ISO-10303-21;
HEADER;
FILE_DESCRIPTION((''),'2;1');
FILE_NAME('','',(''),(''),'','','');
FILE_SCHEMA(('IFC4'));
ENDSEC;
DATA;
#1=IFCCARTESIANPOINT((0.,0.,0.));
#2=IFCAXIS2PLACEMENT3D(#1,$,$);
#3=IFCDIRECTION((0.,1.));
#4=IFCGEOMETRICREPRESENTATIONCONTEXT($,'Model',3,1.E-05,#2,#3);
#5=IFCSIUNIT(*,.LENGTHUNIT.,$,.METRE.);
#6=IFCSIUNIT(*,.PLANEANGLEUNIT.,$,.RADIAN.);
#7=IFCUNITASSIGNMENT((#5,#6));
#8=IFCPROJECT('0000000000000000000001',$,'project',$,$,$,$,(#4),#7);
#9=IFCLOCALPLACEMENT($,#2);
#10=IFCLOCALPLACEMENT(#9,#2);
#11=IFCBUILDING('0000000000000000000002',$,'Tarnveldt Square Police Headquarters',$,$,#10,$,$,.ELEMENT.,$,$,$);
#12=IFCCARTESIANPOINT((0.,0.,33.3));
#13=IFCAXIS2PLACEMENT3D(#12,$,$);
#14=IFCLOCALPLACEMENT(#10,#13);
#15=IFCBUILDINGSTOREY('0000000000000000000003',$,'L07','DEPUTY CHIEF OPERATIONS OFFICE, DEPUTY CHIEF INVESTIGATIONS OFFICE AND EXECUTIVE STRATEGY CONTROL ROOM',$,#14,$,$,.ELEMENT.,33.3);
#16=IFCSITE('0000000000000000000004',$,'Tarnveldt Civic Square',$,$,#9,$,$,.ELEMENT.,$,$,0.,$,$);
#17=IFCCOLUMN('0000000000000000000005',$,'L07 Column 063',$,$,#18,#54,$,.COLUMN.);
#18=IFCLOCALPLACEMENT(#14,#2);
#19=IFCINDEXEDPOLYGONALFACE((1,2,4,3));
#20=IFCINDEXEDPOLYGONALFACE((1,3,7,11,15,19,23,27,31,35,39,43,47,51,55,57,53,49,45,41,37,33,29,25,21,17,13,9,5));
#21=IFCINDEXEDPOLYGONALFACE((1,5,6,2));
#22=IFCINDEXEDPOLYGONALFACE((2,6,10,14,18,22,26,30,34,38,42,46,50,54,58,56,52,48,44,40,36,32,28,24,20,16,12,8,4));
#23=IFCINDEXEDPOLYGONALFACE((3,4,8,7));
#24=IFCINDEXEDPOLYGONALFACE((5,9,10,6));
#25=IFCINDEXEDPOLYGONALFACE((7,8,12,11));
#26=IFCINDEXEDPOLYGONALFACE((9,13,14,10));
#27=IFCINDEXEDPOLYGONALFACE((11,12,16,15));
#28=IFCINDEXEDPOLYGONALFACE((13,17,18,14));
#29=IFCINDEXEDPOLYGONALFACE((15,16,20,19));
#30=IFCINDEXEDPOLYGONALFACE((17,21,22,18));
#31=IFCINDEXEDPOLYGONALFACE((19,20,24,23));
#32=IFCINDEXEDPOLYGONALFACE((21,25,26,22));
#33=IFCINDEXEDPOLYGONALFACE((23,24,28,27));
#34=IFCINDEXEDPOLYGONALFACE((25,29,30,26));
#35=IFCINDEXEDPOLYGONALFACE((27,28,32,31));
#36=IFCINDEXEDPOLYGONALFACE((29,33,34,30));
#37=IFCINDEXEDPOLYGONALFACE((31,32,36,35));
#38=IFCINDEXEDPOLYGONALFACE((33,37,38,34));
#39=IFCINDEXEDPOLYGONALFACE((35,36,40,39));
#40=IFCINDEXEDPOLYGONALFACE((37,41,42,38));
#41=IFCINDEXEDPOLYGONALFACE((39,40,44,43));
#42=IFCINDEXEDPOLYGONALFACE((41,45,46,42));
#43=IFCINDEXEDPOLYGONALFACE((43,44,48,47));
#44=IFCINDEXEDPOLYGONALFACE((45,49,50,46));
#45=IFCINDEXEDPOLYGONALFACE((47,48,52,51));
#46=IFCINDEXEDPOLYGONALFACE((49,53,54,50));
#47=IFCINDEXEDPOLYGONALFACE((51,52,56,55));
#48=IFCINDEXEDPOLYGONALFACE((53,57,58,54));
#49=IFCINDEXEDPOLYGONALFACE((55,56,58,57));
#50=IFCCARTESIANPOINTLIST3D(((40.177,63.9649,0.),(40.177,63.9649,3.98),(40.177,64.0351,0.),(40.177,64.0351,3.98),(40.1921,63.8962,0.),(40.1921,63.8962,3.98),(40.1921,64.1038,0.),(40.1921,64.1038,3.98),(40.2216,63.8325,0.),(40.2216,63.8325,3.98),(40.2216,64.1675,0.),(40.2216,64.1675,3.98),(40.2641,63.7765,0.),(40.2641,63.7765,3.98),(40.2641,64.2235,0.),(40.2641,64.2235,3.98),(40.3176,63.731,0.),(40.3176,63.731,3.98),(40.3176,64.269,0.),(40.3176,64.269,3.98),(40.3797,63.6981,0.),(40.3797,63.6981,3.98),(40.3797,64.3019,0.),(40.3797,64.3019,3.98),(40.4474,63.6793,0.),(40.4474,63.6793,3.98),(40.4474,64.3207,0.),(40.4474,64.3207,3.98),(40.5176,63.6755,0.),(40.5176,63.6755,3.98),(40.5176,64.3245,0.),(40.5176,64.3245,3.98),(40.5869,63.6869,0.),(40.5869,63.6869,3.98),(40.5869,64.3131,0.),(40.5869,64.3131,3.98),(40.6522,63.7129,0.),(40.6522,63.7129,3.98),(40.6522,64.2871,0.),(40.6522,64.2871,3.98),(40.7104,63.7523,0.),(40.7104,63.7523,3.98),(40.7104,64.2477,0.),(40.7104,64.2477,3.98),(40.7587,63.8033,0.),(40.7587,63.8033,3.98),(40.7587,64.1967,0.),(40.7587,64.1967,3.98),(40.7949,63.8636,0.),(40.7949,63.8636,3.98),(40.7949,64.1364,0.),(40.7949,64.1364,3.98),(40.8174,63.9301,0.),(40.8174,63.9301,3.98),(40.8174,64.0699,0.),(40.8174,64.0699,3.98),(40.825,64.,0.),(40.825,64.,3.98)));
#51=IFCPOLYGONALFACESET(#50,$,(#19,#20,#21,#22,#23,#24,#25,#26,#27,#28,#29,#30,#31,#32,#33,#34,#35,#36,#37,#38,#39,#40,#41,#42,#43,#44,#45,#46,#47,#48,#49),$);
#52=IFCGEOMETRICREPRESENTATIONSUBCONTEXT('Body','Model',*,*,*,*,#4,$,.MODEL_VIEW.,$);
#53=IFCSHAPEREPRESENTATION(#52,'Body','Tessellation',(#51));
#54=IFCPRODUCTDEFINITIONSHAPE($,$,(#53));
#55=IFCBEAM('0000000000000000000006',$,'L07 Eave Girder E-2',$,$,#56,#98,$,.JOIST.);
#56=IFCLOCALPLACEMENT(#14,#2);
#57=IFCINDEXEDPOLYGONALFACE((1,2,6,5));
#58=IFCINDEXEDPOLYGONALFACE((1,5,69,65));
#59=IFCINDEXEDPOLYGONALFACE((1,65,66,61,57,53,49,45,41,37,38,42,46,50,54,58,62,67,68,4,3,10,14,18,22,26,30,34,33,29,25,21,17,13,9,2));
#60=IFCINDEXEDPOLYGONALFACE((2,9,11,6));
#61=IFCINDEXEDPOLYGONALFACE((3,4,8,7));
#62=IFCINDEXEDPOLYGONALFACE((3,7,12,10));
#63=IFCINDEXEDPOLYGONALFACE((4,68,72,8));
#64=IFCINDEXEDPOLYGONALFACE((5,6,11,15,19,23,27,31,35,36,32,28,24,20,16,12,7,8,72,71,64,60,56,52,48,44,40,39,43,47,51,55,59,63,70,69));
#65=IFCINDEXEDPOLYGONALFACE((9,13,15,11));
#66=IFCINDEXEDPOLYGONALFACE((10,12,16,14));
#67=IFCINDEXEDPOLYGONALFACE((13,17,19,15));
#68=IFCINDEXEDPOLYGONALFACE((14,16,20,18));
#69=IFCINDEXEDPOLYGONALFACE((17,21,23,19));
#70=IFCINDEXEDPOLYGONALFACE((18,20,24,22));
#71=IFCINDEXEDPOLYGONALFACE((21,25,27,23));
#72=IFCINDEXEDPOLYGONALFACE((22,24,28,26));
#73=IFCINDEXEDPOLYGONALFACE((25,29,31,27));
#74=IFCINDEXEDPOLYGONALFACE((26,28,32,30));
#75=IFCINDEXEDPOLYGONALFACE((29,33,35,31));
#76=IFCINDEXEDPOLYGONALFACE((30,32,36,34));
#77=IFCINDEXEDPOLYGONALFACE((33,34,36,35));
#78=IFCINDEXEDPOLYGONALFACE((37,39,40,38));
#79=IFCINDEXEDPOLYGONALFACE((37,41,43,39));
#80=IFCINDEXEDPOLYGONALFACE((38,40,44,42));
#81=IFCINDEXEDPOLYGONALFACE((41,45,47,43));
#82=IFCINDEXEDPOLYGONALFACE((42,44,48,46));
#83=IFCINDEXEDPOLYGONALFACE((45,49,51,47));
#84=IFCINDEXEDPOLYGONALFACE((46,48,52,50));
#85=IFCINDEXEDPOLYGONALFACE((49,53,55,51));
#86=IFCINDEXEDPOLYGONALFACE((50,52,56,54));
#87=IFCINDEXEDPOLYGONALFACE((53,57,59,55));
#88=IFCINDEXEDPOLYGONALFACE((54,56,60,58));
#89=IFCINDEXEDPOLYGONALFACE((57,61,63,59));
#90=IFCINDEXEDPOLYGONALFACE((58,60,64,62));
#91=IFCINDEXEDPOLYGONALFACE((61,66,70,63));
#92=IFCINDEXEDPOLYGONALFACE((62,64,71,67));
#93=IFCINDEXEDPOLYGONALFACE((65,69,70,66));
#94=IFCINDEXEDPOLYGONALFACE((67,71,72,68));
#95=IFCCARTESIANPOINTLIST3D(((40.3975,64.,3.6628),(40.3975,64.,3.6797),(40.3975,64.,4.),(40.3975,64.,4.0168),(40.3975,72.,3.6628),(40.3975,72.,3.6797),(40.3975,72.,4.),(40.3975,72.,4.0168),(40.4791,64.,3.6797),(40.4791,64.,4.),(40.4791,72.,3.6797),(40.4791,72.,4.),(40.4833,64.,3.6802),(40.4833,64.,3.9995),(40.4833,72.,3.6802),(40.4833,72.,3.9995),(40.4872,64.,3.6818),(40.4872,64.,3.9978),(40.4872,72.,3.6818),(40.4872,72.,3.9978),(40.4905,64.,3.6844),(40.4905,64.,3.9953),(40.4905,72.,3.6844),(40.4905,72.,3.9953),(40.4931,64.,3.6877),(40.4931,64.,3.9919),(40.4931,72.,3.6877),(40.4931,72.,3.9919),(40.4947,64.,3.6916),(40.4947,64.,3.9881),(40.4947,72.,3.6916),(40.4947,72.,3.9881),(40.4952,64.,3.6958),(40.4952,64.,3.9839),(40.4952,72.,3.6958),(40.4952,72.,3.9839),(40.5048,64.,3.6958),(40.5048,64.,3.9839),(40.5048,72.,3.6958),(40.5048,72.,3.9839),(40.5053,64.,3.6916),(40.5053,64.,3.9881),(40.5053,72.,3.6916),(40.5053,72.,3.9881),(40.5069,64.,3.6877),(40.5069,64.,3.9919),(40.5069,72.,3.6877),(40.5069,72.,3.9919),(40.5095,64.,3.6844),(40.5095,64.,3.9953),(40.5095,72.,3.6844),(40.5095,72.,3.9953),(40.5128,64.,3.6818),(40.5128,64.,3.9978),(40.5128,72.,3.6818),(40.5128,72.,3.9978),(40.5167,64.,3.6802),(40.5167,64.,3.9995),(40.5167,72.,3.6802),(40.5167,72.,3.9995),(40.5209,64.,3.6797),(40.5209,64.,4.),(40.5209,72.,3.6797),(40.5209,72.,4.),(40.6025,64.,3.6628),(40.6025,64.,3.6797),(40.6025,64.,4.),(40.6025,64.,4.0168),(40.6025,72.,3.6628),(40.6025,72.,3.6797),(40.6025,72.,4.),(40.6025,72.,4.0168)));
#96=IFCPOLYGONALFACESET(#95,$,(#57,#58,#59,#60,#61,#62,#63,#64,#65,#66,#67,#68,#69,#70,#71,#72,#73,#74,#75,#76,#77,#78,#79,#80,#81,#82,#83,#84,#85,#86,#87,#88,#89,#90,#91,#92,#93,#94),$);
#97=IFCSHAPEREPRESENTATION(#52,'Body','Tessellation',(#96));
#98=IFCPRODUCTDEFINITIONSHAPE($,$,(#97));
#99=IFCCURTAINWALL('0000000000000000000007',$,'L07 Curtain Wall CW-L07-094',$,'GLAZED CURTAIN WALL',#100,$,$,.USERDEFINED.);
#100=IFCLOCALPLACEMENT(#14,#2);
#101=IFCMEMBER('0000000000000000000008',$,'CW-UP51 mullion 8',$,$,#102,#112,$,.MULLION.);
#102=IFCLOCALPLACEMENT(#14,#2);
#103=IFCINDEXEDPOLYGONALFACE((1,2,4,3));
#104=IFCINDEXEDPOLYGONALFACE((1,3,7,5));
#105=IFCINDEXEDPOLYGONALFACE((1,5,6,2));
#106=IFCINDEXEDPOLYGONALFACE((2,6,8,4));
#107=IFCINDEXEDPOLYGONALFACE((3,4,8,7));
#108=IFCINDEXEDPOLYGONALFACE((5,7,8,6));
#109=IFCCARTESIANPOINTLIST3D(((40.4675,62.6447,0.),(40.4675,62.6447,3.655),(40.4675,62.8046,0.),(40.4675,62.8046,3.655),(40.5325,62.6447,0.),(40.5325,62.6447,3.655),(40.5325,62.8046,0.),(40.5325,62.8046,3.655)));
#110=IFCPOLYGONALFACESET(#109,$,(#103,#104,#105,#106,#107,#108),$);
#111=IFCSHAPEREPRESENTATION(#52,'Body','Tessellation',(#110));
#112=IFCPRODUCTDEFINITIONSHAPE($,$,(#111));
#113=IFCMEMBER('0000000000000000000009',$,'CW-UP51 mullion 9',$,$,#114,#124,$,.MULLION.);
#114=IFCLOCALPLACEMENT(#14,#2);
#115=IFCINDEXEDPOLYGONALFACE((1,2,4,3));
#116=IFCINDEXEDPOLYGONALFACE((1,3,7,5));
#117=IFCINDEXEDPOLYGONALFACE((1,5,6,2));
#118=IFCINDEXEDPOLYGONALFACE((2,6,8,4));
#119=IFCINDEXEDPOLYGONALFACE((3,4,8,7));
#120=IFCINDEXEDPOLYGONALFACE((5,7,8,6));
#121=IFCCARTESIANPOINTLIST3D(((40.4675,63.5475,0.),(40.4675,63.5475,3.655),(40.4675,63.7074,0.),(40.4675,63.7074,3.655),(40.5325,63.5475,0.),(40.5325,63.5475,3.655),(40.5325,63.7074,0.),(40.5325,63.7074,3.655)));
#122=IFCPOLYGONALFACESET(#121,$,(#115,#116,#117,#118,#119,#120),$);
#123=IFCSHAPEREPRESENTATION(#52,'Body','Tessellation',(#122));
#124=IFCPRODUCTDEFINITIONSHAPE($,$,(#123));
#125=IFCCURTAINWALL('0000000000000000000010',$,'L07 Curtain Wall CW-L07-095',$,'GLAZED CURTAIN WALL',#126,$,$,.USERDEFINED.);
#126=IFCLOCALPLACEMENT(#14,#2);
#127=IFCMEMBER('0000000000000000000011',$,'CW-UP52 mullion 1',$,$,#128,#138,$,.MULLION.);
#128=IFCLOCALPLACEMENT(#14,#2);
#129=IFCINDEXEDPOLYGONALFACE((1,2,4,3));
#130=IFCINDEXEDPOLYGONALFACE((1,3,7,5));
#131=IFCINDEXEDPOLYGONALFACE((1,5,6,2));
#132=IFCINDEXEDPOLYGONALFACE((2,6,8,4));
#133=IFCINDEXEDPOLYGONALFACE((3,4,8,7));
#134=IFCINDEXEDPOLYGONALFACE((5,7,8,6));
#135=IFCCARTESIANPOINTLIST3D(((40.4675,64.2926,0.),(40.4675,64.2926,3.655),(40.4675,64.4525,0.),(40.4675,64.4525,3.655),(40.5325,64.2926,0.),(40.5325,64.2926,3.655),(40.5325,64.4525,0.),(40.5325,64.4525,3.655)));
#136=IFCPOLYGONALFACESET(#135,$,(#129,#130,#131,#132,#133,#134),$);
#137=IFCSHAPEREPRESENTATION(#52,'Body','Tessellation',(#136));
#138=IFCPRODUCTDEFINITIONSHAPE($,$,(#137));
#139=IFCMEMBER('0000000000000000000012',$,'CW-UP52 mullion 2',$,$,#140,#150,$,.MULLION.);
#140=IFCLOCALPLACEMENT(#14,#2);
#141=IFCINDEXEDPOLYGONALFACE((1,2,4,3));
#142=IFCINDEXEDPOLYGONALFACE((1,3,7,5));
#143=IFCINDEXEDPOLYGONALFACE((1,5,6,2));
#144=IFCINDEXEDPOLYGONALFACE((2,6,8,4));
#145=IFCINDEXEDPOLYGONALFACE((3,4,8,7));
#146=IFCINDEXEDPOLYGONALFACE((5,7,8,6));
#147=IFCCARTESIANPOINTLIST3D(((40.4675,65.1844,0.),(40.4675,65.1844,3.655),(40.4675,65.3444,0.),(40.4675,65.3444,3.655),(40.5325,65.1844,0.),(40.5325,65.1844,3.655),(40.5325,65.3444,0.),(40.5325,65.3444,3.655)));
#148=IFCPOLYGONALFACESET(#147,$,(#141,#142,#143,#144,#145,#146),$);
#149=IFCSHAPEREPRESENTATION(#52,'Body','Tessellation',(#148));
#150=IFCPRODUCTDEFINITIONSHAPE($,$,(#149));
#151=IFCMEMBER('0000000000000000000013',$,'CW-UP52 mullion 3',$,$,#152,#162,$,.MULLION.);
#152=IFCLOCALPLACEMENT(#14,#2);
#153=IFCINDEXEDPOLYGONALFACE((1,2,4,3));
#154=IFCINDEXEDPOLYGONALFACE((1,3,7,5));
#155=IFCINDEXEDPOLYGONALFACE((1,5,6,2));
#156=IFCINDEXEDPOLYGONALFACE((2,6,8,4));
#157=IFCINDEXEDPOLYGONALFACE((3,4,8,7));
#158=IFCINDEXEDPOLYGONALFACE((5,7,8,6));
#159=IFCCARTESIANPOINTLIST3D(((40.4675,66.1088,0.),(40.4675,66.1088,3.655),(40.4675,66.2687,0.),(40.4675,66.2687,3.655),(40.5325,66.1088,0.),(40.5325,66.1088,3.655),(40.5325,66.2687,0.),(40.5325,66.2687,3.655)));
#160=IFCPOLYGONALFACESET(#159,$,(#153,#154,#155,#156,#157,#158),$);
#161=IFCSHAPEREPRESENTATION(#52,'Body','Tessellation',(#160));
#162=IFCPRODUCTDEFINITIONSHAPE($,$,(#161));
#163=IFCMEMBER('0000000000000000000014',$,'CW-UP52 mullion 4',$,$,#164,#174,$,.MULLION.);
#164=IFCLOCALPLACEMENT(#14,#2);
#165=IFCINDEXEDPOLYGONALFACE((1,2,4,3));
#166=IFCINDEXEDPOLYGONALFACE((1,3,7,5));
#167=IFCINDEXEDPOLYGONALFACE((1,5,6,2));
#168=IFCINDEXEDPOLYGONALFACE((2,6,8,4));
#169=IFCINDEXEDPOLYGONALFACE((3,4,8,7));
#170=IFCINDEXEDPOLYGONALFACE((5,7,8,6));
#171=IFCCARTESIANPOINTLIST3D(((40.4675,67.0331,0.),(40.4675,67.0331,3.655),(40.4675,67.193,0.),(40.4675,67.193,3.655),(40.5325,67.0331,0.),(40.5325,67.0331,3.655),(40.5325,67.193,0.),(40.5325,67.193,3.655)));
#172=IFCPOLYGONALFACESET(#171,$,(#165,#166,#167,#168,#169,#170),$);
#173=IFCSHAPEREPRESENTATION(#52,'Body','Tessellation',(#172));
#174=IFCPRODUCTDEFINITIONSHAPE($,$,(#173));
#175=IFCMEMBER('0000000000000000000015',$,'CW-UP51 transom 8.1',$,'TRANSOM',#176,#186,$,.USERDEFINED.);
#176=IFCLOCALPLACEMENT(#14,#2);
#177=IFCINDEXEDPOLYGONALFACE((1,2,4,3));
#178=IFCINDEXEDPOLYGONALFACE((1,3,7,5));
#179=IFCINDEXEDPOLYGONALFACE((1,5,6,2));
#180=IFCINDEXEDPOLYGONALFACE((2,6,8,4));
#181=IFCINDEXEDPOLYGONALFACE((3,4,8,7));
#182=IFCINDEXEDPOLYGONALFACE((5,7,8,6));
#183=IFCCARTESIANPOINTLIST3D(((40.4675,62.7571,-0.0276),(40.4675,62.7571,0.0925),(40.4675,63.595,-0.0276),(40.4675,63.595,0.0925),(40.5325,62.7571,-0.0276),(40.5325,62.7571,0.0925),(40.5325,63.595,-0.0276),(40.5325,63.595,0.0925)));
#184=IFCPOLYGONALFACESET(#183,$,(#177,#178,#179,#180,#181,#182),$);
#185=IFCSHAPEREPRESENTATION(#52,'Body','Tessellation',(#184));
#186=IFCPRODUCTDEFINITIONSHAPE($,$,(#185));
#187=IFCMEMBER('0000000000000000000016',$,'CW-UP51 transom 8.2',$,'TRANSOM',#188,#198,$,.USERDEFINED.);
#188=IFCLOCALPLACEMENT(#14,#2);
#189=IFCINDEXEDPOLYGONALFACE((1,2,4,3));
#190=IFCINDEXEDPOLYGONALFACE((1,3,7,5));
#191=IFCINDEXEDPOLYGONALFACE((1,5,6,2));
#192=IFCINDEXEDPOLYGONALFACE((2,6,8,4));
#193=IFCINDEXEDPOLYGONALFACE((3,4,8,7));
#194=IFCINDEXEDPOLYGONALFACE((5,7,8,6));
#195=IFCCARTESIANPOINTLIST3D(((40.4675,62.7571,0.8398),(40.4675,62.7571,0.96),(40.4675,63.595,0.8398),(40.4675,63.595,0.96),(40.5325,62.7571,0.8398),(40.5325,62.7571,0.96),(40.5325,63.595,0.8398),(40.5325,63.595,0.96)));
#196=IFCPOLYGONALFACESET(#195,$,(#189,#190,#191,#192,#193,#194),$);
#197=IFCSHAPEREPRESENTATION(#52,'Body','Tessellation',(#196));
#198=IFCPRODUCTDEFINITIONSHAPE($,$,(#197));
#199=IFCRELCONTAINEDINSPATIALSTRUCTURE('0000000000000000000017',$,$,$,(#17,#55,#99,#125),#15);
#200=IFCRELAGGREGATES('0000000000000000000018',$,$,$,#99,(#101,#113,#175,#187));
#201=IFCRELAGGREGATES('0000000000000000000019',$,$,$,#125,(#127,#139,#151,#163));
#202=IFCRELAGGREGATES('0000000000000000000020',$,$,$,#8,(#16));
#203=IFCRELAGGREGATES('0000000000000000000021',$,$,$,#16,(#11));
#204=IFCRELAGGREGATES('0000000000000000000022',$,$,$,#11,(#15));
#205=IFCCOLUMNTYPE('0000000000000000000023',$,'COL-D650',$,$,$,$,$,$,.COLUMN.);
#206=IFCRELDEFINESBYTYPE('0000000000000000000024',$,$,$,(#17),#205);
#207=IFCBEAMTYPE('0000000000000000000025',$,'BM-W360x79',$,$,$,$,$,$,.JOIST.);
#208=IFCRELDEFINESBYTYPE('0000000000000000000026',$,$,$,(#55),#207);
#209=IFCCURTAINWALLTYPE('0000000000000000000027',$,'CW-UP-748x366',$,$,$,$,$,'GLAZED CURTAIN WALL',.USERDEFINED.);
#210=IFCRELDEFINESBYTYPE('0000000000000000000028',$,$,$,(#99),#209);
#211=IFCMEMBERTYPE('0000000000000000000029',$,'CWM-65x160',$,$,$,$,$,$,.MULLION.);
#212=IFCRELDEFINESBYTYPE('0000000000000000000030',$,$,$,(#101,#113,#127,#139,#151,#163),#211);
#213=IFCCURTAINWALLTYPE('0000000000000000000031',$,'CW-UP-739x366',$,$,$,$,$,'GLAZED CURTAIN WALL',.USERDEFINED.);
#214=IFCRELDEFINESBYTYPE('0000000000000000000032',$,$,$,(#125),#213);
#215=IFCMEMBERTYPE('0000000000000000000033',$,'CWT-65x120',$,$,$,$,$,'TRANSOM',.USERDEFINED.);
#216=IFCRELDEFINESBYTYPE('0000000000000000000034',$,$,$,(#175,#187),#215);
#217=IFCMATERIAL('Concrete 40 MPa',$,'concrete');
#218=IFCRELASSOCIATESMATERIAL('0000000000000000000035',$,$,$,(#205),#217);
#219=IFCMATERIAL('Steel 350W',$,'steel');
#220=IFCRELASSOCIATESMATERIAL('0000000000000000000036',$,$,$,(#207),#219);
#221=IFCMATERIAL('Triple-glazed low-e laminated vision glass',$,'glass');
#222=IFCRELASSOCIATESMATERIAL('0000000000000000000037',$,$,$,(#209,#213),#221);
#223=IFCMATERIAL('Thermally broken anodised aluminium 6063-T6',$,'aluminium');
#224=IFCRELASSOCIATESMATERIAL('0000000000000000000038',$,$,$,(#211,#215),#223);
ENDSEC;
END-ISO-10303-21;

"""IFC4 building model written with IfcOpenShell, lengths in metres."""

from ifc_helpers import new_model, si_unit, direction, frame, origin, origin_2d, place, context, subcontext, project, spatial, rectangle, circle, i_section, extrude, material, material_profile, profile_set, type_object, element, aggregate, save


model = new_model("IFC4")

# Units and contexts
model_context = context("Model", 3, precision=1e-05, world=origin(), true_north=direction((0.0, 1.0)))
body_context = subcontext(model_context, "Body", "Model", "MODEL_VIEW")
ifc_project = project(units=[si_unit("LENGTHUNIT", "METRE"), si_unit("PLANEANGLEUNIT", "RADIAN")], contexts=[model_context])

# Site, building, storey
site_placement = place(None, origin())
site = spatial("IfcSite", under=ifc_project, at=site_placement, Name="Tarnveldt Civic Square", CompositionType="ELEMENT", RefElevation=0.0)
building_placement = place(site_placement, origin())
building = spatial("IfcBuilding", under=site, at=building_placement, Name="Tarnveldt Square Police Headquarters", CompositionType="ELEMENT")
storey_placement = place(building_placement, frame((0.0, 0.0, 33.3)))
storey = spatial("IfcBuildingStorey", under=building, at=storey_placement, Name="L07", Description="DEPUTY CHIEF OPERATIONS OFFICE, DEPUTY CHIEF INVESTIGATIONS OFFICE AND EXECUTIVE STRATEGY CONTROL ROOM", CompositionType="ELEMENT", Elevation=33.3)

# Column
ifc_material_1 = material(Name="Concrete 40 MPa", Category="concrete")
ifc_material_profile_1 = material_profile(ifc_material_1, circle(Radius=0.325, at=origin_2d()), Name="RC-D650")
ifc_profile_set_1 = profile_set([ifc_material_profile_1], Name="Concrete 40 MPa")
column_type = type_object("IfcColumnType", Name="COL-D650", PredefinedType="COLUMN", material=ifc_profile_set_1)
column_placement = place(storey_placement, frame((40.5, 64.0, 0.0), z_axis=(0.0, 0.0, 1.0), x_axis=(1.0, 0.0, 0.0)))
element("IfcColumn", 1, at=column_placement, inside=storey, type_object=column_type, Name="L07 Column 063", PredefinedType="COLUMN", context=body_context, shape_type="SweptSolid", body=[
    extrude(circle(Radius=0.325, at=origin_2d()), origin(), (0.0, 0.0, 1.0), 3.98),
])

# Beam
ifc_material_2 = material(Name="Steel 350W", Category="steel")
ifc_material_profile_2 = material_profile(ifc_material_2, i_section(OverallWidth=0.2051, OverallDepth=0.354, WebThickness=0.0095, FlangeThickness=0.0168, FilletRadius=0.0161, at=origin_2d()), Name="W360x79")
ifc_profile_set_2 = profile_set([ifc_material_profile_2], Name="Steel 350W")
beam_type = type_object("IfcBeamType", Name="BM-W360x79", PredefinedType="JOIST", material=ifc_profile_set_2)
beam_placement = place(storey_placement, frame((40.5, 64.0, 3.8398), z_axis=(0.0, 1.0, 0.0), x_axis=(-1.0, 0.0, 0.0)))
element("IfcBeam", 2, at=beam_placement, inside=storey, type_object=beam_type, Name="L07 Eave Girder E-2", PredefinedType="JOIST", context=body_context, shape_type="SweptSolid", body=[
    extrude(i_section(OverallWidth=0.2051, OverallDepth=0.354, WebThickness=0.0095, FlangeThickness=0.0168, FilletRadius=0.0161, at=origin_2d()), origin(), (0.0, 0.0, 1.0), 8.0),
])

# Curtain walls, members
ifc_material_3 = material(Name="Triple-glazed low-e laminated vision glass", Category="glass")
curtain_wall_type_1 = type_object("IfcCurtainWallType", Name="CW-UP-748x366", ElementType="GLAZED CURTAIN WALL", PredefinedType="USERDEFINED", material=ifc_material_3)
curtain_wall_1_placement = place(storey_placement, origin())
curtain_wall_1 = element("IfcCurtainWall", 3, at=curtain_wall_1_placement, inside=storey, type_object=curtain_wall_type_1, Name="L07 Curtain Wall CW-L07-094", ObjectType="GLAZED CURTAIN WALL", PredefinedType="USERDEFINED")
ifc_material_4 = material(Name="Thermally broken anodised aluminium 6063-T6", Category="aluminium")
ifc_material_profile_3 = material_profile(ifc_material_4, rectangle(XDim=0.0649, YDim=0.1599, at=origin_2d()), Name="CW-M65x160")
ifc_profile_set_3 = profile_set([ifc_material_profile_3], Name="Thermally broken anodised aluminium 6063-T6")
member_type_1 = type_object("IfcMemberType", Name="CWM-65x160", PredefinedType="MULLION", material=ifc_profile_set_3)
member_1_placement = place(storey_placement, frame((40.5, 62.7246, 0.0), z_axis=(0.0, 0.0, 1.0), x_axis=(-1.0, 0.0, 0.0)))
member_1 = element("IfcMember", 4, at=member_1_placement, type_object=member_type_1, Name="CW-UP51 mullion 8", PredefinedType="MULLION", context=body_context, shape_type="SweptSolid", body=[
    extrude(rectangle(XDim=0.0649, YDim=0.1599, at=origin_2d()), origin(), (0.0, 0.0, 1.0), 3.655),
])
member_2_placement = place(storey_placement, frame((40.5, 63.6274, 0.0), z_axis=(0.0, 0.0, 1.0), x_axis=(-1.0, 0.0, 0.0)))
member_2 = element("IfcMember", 5, at=member_2_placement, type_object=member_type_1, Name="CW-UP51 mullion 9", PredefinedType="MULLION", context=body_context, shape_type="SweptSolid", body=[
    extrude(rectangle(XDim=0.0649, YDim=0.1599, at=origin_2d()), origin(), (0.0, 0.0, 1.0), 3.655),
])
curtain_wall_type_2 = type_object("IfcCurtainWallType", Name="CW-UP-739x366", ElementType="GLAZED CURTAIN WALL", PredefinedType="USERDEFINED", material=ifc_material_3)
curtain_wall_2_placement = place(storey_placement, origin())
curtain_wall_2 = element("IfcCurtainWall", 6, at=curtain_wall_2_placement, inside=storey, type_object=curtain_wall_type_2, Name="L07 Curtain Wall CW-L07-095", ObjectType="GLAZED CURTAIN WALL", PredefinedType="USERDEFINED")
member_3_placement = place(storey_placement, frame((40.5, 64.3726, 0.0), z_axis=(0.0, 0.0, 1.0), x_axis=(-1.0, 0.0, 0.0)))
member_3 = element("IfcMember", 7, at=member_3_placement, type_object=member_type_1, Name="CW-UP52 mullion 1", PredefinedType="MULLION", context=body_context, shape_type="SweptSolid", body=[
    extrude(rectangle(XDim=0.0649, YDim=0.1599, at=origin_2d()), origin(), (0.0, 0.0, 1.0), 3.655),
])
member_4_placement = place(storey_placement, frame((40.5, 65.2644, 0.0), z_axis=(0.0, 0.0, 1.0), x_axis=(-1.0, 0.0, 0.0)))
member_4 = element("IfcMember", 8, at=member_4_placement, type_object=member_type_1, Name="CW-UP52 mullion 2", PredefinedType="MULLION", context=body_context, shape_type="SweptSolid", body=[
    extrude(rectangle(XDim=0.0649, YDim=0.1599, at=origin_2d()), origin(), (0.0, 0.0, 1.0), 3.655),
])
member_5_placement = place(storey_placement, frame((40.5, 66.1887, 0.0), z_axis=(0.0, 0.0, 1.0), x_axis=(-1.0, 0.0, 0.0)))
member_5 = element("IfcMember", 9, at=member_5_placement, type_object=member_type_1, Name="CW-UP52 mullion 3", PredefinedType="MULLION", context=body_context, shape_type="SweptSolid", body=[
    extrude(rectangle(XDim=0.0649, YDim=0.1599, at=origin_2d()), origin(), (0.0, 0.0, 1.0), 3.655),
])
member_6_placement = place(storey_placement, frame((40.5, 67.113, 0.0), z_axis=(0.0, 0.0, 1.0), x_axis=(-1.0, 0.0, 0.0)))
member_6 = element("IfcMember", 10, at=member_6_placement, type_object=member_type_1, Name="CW-UP52 mullion 4", PredefinedType="MULLION", context=body_context, shape_type="SweptSolid", body=[
    extrude(rectangle(XDim=0.0649, YDim=0.1599, at=origin_2d()), origin(), (0.0, 0.0, 1.0), 3.655),
])

# Members
ifc_material_profile_4 = material_profile(ifc_material_4, rectangle(XDim=0.0649, YDim=0.1201, at=origin_2d()), Name="CW-T65x120")
ifc_profile_set_4 = profile_set([ifc_material_profile_4], Name="Thermally broken anodised aluminium 6063-T6")
member_type_2 = type_object("IfcMemberType", Name="CWT-65x120", ElementType="TRANSOM", PredefinedType="USERDEFINED", material=ifc_profile_set_4)
member_7_placement = place(storey_placement, frame((40.5, 62.7571, 0.0325), z_axis=(0.0, 1.0, 0.0), x_axis=(-1.0, 0.0, 0.0)))
member_7 = element("IfcMember", 11, at=member_7_placement, type_object=member_type_2, Name="CW-UP51 transom 8.1", ObjectType="TRANSOM", PredefinedType="USERDEFINED", context=body_context, shape_type="SweptSolid", body=[
    extrude(rectangle(XDim=0.0649, YDim=0.1201, at=origin_2d()), origin(), (0.0, 0.0, 1.0), 0.8379),
])
member_8_placement = place(storey_placement, frame((40.5, 62.7571, 0.8999), z_axis=(0.0, 1.0, 0.0), x_axis=(-1.0, 0.0, 0.0)))
member_8 = element("IfcMember", 12, at=member_8_placement, type_object=member_type_2, Name="CW-UP51 transom 8.2", ObjectType="TRANSOM", PredefinedType="USERDEFINED", context=body_context, shape_type="SweptSolid", body=[
    extrude(rectangle(XDim=0.0649, YDim=0.1201, at=origin_2d()), origin(), (0.0, 0.0, 1.0), 0.8379),
])

aggregate(curtain_wall_1, [member_1, member_2, member_7, member_8])
aggregate(curtain_wall_2, [member_3, member_4, member_5, member_6])

save(model, "model.ifc")
